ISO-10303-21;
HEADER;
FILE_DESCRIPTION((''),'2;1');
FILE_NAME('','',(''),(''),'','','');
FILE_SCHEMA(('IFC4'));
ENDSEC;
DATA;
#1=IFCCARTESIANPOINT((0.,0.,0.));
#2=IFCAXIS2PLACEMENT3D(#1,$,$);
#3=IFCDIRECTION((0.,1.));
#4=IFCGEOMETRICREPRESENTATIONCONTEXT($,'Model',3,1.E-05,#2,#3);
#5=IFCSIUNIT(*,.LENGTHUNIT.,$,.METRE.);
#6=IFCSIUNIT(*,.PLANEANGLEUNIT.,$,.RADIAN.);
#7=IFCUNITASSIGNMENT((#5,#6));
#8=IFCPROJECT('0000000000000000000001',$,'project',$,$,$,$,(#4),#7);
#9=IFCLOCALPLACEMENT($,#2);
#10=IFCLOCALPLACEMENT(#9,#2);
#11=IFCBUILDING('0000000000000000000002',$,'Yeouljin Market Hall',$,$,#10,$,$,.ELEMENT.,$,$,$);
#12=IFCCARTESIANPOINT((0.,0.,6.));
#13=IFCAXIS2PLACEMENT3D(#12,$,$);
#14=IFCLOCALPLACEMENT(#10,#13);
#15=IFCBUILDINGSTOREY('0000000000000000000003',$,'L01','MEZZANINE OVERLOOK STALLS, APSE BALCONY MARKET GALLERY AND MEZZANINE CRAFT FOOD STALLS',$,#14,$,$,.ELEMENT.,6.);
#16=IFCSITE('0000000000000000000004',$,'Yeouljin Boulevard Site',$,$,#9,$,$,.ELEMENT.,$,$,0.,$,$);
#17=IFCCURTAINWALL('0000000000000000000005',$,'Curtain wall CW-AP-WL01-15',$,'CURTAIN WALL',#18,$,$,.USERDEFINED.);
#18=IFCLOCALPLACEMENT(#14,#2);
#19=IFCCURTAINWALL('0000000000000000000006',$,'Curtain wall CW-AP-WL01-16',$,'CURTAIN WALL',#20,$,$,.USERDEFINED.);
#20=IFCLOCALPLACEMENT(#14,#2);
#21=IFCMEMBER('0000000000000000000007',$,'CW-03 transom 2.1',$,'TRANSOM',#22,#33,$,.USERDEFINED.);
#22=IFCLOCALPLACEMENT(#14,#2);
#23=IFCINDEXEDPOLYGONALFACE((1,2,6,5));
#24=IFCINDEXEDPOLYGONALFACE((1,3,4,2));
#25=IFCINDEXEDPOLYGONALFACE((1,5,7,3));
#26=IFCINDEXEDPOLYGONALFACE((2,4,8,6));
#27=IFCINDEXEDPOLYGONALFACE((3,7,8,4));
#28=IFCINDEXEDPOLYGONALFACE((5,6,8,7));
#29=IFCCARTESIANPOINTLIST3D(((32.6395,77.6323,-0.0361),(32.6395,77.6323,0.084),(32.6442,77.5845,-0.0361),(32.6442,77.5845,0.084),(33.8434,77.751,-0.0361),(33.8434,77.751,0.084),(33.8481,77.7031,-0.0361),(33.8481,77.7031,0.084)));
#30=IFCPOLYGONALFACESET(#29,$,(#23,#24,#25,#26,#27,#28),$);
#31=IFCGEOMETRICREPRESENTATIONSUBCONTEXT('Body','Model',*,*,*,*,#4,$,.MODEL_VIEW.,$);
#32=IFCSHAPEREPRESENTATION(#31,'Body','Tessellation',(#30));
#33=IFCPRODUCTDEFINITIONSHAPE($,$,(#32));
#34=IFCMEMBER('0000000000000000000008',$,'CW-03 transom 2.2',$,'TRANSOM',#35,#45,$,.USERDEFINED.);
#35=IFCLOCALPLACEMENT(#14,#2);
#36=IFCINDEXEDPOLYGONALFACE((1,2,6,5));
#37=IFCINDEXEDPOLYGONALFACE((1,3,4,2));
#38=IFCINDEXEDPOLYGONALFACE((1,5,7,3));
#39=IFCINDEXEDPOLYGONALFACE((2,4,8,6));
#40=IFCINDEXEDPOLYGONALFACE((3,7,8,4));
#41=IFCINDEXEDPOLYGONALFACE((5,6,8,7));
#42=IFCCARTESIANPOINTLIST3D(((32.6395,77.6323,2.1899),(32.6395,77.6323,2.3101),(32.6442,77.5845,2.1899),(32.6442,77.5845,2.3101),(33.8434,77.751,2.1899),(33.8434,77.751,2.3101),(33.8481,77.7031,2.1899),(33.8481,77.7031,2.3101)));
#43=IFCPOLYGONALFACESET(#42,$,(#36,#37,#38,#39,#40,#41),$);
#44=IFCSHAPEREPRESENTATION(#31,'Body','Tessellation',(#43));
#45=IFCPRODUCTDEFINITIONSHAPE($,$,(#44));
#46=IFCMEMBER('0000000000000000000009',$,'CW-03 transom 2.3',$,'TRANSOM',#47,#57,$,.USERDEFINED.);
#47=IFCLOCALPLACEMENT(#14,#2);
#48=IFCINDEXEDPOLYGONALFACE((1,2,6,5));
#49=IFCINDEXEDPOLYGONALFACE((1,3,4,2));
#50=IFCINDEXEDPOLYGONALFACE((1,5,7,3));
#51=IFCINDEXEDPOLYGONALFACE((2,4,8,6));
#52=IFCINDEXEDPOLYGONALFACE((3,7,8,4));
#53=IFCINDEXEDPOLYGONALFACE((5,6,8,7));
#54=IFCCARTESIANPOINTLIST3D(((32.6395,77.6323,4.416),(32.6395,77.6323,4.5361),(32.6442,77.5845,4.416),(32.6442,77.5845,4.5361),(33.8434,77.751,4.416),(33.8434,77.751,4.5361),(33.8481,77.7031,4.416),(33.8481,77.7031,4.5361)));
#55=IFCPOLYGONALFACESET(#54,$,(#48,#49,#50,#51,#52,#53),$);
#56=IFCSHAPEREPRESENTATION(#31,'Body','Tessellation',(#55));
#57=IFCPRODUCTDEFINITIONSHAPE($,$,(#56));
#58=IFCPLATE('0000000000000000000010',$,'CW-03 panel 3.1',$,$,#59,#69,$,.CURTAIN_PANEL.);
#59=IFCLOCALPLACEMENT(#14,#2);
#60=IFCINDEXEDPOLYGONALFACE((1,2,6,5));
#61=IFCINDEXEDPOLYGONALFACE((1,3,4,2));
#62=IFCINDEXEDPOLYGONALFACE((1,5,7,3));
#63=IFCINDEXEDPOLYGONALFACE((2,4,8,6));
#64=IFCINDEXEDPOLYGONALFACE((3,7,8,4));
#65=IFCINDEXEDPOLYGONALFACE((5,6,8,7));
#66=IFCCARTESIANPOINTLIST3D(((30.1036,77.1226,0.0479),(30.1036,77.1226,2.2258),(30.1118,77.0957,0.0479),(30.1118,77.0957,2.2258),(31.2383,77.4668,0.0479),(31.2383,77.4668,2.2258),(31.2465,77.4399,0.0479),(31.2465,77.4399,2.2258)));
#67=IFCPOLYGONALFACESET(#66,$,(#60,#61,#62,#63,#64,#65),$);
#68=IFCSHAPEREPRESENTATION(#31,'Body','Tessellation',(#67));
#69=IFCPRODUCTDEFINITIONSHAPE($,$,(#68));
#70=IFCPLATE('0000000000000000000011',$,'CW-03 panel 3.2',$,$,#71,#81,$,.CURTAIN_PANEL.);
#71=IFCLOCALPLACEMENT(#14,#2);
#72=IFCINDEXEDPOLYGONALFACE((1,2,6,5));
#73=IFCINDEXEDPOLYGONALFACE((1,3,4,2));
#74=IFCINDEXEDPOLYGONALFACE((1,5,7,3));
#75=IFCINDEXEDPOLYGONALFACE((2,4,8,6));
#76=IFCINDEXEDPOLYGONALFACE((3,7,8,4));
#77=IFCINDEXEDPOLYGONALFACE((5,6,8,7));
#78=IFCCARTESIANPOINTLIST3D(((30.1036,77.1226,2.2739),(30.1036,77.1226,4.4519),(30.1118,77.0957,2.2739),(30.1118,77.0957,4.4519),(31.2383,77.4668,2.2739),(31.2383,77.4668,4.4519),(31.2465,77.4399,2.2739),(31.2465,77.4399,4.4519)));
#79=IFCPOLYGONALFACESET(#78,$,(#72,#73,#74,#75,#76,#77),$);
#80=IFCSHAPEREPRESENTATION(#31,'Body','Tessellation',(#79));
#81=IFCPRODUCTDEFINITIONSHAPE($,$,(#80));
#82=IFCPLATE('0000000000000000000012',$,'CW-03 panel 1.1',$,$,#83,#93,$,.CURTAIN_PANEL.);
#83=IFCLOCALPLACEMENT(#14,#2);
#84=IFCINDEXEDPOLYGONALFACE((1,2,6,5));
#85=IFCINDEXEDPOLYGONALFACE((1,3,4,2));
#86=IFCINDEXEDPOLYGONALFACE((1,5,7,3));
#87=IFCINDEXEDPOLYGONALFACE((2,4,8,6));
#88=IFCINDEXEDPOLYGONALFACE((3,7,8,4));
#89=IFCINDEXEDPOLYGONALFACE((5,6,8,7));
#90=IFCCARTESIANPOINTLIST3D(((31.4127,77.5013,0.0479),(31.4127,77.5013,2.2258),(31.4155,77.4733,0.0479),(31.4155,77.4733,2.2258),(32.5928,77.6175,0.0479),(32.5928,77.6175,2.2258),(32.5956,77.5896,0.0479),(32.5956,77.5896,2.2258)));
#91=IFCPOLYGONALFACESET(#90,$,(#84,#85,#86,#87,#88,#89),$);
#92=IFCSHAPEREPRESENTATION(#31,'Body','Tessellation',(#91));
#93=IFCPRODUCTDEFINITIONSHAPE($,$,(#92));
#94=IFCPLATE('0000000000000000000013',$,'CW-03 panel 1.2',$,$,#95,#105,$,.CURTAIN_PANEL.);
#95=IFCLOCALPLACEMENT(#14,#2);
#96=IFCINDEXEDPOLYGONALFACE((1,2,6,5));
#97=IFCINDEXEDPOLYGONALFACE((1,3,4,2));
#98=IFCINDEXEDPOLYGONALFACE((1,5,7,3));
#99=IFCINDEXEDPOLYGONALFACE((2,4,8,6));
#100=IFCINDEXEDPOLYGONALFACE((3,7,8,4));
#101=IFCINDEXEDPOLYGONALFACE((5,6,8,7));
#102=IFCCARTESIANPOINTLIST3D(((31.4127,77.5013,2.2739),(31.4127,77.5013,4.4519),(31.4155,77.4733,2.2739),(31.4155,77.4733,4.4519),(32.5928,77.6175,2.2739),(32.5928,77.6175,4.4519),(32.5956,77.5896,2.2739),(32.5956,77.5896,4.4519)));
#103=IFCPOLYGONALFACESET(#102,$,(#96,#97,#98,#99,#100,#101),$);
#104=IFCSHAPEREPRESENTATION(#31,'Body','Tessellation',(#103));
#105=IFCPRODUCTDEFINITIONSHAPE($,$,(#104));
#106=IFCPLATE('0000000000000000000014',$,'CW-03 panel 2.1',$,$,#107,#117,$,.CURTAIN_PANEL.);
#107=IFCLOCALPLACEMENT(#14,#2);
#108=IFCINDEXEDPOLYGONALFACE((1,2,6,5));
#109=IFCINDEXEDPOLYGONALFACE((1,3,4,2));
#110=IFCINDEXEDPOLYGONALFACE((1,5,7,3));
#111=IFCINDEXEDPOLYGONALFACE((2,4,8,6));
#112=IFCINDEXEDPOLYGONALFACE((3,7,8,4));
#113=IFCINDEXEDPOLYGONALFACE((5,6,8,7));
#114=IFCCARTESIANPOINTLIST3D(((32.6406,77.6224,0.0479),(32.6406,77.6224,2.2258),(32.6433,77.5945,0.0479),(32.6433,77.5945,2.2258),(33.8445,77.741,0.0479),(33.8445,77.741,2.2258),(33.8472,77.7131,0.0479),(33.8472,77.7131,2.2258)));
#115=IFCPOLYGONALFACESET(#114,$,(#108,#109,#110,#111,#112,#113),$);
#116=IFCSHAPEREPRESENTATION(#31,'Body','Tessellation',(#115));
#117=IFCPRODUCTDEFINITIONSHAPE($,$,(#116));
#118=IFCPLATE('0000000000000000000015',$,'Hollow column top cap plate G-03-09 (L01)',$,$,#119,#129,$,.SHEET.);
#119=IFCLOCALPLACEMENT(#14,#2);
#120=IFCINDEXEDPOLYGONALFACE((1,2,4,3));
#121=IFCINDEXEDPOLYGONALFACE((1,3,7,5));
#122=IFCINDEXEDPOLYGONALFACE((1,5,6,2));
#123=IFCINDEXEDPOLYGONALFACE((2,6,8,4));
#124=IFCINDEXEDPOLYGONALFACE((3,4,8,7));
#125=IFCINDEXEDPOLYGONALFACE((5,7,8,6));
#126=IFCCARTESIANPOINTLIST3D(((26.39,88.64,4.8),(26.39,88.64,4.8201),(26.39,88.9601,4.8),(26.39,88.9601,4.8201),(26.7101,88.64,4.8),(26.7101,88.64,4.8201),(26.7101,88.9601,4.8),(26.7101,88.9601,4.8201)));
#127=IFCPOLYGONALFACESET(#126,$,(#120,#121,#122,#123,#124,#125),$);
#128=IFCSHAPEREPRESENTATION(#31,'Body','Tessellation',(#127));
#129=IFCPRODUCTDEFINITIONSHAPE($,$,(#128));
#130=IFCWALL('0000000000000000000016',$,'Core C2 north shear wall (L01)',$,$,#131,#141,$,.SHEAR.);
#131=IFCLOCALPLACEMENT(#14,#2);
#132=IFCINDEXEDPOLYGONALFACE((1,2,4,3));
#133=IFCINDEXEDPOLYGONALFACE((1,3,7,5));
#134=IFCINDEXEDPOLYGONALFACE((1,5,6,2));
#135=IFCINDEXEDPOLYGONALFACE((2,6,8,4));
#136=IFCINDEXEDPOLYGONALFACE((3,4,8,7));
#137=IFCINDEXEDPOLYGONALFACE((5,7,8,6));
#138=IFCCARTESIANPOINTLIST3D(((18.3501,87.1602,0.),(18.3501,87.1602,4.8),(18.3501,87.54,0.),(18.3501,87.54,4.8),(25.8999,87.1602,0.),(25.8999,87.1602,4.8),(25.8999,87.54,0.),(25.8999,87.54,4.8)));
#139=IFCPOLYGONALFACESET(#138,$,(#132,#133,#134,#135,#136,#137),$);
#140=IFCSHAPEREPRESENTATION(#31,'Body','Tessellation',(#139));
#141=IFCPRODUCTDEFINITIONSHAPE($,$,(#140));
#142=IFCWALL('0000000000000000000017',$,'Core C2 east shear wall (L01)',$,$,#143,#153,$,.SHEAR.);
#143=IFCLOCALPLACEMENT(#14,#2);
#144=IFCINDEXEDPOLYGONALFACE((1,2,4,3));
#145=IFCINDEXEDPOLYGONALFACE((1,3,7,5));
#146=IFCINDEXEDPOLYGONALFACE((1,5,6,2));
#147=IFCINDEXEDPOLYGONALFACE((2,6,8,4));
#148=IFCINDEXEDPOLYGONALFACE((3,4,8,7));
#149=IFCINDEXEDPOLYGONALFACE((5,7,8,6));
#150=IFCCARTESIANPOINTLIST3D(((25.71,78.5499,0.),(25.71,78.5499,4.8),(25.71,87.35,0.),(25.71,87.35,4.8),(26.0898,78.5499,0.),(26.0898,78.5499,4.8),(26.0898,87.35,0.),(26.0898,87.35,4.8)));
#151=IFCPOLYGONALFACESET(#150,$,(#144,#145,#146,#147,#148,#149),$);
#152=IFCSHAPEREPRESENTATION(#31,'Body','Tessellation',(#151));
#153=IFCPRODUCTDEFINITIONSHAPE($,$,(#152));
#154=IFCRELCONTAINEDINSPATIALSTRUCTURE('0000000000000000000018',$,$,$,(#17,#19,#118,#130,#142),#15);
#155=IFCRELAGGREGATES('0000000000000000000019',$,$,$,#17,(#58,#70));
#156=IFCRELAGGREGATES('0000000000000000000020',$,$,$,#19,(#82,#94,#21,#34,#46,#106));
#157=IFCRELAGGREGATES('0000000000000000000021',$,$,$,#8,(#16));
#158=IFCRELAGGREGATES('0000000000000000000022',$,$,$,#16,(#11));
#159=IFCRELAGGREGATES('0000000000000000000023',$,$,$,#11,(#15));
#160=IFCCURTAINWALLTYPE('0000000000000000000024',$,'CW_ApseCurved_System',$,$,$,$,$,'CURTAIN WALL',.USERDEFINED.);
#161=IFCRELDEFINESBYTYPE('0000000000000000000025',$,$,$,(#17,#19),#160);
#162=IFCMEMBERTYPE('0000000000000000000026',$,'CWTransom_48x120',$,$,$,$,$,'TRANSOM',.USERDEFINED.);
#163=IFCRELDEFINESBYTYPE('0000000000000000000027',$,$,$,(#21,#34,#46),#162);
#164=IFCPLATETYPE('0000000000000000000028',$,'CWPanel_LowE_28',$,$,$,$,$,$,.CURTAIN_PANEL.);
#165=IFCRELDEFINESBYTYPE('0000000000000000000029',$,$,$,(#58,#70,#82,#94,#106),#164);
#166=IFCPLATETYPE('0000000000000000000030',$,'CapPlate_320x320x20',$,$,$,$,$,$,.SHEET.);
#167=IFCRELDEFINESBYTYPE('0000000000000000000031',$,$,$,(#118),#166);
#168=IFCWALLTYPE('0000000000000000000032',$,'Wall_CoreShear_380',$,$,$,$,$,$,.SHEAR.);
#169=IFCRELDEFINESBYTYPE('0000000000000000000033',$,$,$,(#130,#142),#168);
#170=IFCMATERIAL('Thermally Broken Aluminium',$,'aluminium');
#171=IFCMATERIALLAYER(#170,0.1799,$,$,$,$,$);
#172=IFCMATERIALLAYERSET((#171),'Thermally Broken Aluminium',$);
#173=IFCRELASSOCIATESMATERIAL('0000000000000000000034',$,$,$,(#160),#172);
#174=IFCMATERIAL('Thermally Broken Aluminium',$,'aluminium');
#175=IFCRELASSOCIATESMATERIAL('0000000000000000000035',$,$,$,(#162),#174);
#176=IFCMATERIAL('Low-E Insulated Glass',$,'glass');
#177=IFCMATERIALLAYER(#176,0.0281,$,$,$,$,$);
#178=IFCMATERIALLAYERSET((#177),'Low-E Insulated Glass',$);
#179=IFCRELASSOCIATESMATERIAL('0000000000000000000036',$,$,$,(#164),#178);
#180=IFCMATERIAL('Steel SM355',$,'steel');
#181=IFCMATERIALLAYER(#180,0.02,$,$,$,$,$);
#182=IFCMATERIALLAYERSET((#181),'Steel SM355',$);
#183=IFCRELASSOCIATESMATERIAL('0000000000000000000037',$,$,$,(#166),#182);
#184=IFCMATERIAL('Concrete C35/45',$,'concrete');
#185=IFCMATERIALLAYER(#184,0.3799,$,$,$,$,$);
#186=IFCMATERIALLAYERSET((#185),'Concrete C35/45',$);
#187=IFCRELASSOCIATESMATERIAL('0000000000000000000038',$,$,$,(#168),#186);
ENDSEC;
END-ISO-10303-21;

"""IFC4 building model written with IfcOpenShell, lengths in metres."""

from ifc_helpers import new_model, si_unit, direction, frame, frame_2d, origin, origin_2d, place, context, subcontext, project, spatial, rectangle, extrude, material, layer, layer_set, material_profile, profile_set, type_object, element, aggregate, save


model = new_model("IFC4")

# Units and contexts
model_context = context("Model", 3, precision=1e-05, world=origin(), true_north=direction((0.0, 1.0)))
body_context = subcontext(model_context, "Body", "Model", "MODEL_VIEW")
ifc_project = project(units=[si_unit("LENGTHUNIT", "METRE"), si_unit("PLANEANGLEUNIT", "RADIAN")], contexts=[model_context])

# Site, building, storey
site_placement = place(None, origin())
site = spatial("IfcSite", under=ifc_project, at=site_placement, Name="Yeouljin Boulevard Site", CompositionType="ELEMENT", RefElevation=0.0)
building_placement = place(site_placement, origin())
building = spatial("IfcBuilding", under=site, at=building_placement, Name="Yeouljin Market Hall", CompositionType="ELEMENT")
storey_placement = place(building_placement, frame((0.0, 0.0, 6.0)))
storey = spatial("IfcBuildingStorey", under=building, at=storey_placement, Name="L01", Description="MEZZANINE OVERLOOK STALLS, APSE BALCONY MARKET GALLERY AND MEZZANINE CRAFT FOOD STALLS", CompositionType="ELEMENT", Elevation=6.0)

# Curtain wall
ifc_material_1 = material(Name="Thermally Broken Aluminium", Category="aluminium")
ifc_layer_1 = layer(ifc_material_1, 0.1799)
ifc_layer_set_1 = layer_set([ifc_layer_1], Name="Thermally Broken Aluminium")
curtain_wall_type = type_object("IfcCurtainWallType", Name="CW_ApseCurved_System", ElementType="CURTAIN WALL", PredefinedType="USERDEFINED", material=ifc_layer_set_1)
curtain_wall_1_placement = place(storey_placement, origin())
curtain_wall_1 = element("IfcCurtainWall", 1, at=curtain_wall_1_placement, inside=storey, type_object=curtain_wall_type, Name="Curtain wall CW-AP-WL01-15", ObjectType="CURTAIN WALL", PredefinedType="USERDEFINED")

# Curtain wall
curtain_wall_2_placement = place(storey_placement, origin())
curtain_wall_2 = element("IfcCurtainWall", 2, at=curtain_wall_2_placement, inside=storey, type_object=curtain_wall_type, Name="Curtain wall CW-AP-WL01-16", ObjectType="CURTAIN WALL", PredefinedType="USERDEFINED")

# Members
ifc_material_2 = material(Name="Thermally Broken Aluminium", Category="aluminium")
ifc_material_profile_1 = material_profile(ifc_material_2, rectangle(XDim=0.0481, YDim=0.1201, at=origin_2d()), Name="CW-TRAN-48x120")
ifc_profile_set_1 = profile_set([ifc_material_profile_1], Name="Thermally Broken Aluminium")
member_type_1 = type_object("IfcMemberType", Name="CWTransom_48x120", ElementType="TRANSOM", PredefinedType="USERDEFINED", material=ifc_profile_set_1)
member_1_placement = place(storey_placement, frame((32.6418, 77.6084, 0.0239), z_axis=(0.995178, 0.098085, 0.0), x_axis=(-0.098085, 0.995178, 0.0)))
member_1 = element("IfcMember", 3, at=member_1_placement, type_object=member_type_1, Name="CW-03 transom 2.1", ObjectType="TRANSOM", PredefinedType="USERDEFINED", context=body_context, shape_type="SweptSolid", body=[
    extrude(rectangle(XDim=0.0481, YDim=0.1201, at=origin_2d()), origin(), (0.0, 0.0, 1.0), 1.2097),
])
member_2_placement = place(storey_placement, frame((32.6418, 77.6084, 2.25), z_axis=(0.995178, 0.098085, 0.0), x_axis=(-0.098085, 0.995178, 0.0)))
member_2 = element("IfcMember", 4, at=member_2_placement, type_object=member_type_1, Name="CW-03 transom 2.2", ObjectType="TRANSOM", PredefinedType="USERDEFINED", context=body_context, shape_type="SweptSolid", body=[
    extrude(rectangle(XDim=0.0481, YDim=0.1201, at=origin_2d()), origin(), (0.0, 0.0, 1.0), 1.2097),
])
member_3_placement = place(storey_placement, frame((32.6418, 77.6084, 4.4761), z_axis=(0.995178, 0.098085, 0.0), x_axis=(-0.098085, 0.995178, 0.0)))
member_3 = element("IfcMember", 5, at=member_3_placement, type_object=member_type_1, Name="CW-03 transom 2.3", ObjectType="TRANSOM", PredefinedType="USERDEFINED", context=body_context, shape_type="SweptSolid", body=[
    extrude(rectangle(XDim=0.0481, YDim=0.1201, at=origin_2d()), origin(), (0.0, 0.0, 1.0), 1.2097),
])

# Plates
ifc_material_3 = material(Name="Low-E Insulated Glass", Category="glass")
ifc_layer_2 = layer(ifc_material_3, 0.0281)
ifc_layer_set_2 = layer_set([ifc_layer_2], Name="Low-E Insulated Glass")
plate_type_1 = type_object("IfcPlateType", Name="CWPanel_LowE_28", PredefinedType="CURTAIN_PANEL", material=ifc_layer_set_2)
plate_1_placement = place(storey_placement, frame((30.675, 77.2812, 0.0479), z_axis=(0.0, 0.0, 1.0), x_axis=(0.95694, 0.290286, 0.0)))
plate_1 = element("IfcPlate", 6, at=plate_1_placement, type_object=plate_type_1, Name="CW-03 panel 3.1", PredefinedType="CURTAIN_PANEL", context=body_context, shape_type="SweptSolid", body=[
    extrude(rectangle(XDim=1.1858, YDim=0.0281, at=origin_2d()), origin(), (0.0, 0.0, 1.0), 2.178),
])
plate_2_placement = place(storey_placement, frame((30.675, 77.2812, 2.2739), z_axis=(0.0, 0.0, 1.0), x_axis=(0.95694, 0.290286, 0.0)))
plate_2 = element("IfcPlate", 7, at=plate_2_placement, type_object=plate_type_1, Name="CW-03 panel 3.2", PredefinedType="CURTAIN_PANEL", context=body_context, shape_type="SweptSolid", body=[
    extrude(rectangle(XDim=1.1858, YDim=0.0281, at=origin_2d()), origin(), (0.0, 0.0, 1.0), 2.178),
])
aggregate(curtain_wall_1, [plate_1, plate_2])
plate_3_placement = place(storey_placement, frame((32.0042, 77.5454, 0.0479), z_axis=(0.0, 0.0, 1.0), x_axis=(0.995183, 0.098034, 0.0)))
plate_3 = element("IfcPlate", 8, at=plate_3_placement, type_object=plate_type_1, Name="CW-03 panel 1.1", PredefinedType="CURTAIN_PANEL", context=body_context, shape_type="SweptSolid", body=[
    extrude(rectangle(XDim=1.1858, YDim=0.0281, at=origin_2d()), origin(), (0.0, 0.0, 1.0), 2.178),
])
plate_4_placement = place(storey_placement, frame((32.0042, 77.5454, 2.2739), z_axis=(0.0, 0.0, 1.0), x_axis=(0.995183, 0.098034, 0.0)))
plate_4 = element("IfcPlate", 9, at=plate_4_placement, type_object=plate_type_1, Name="CW-03 panel 1.2", PredefinedType="CURTAIN_PANEL", context=body_context, shape_type="SweptSolid", body=[
    extrude(rectangle(XDim=1.1858, YDim=0.0281, at=origin_2d()), origin(), (0.0, 0.0, 1.0), 2.178),
])
plate_5_placement = place(storey_placement, frame((33.2439, 77.6677, 0.0479), z_axis=(0.0, 0.0, 1.0), x_axis=(0.995183, 0.098034, 0.0)))
plate_5 = element("IfcPlate", 10, at=plate_5_placement, type_object=plate_type_1, Name="CW-03 panel 2.1", PredefinedType="CURTAIN_PANEL", context=body_context, shape_type="SweptSolid", body=[
    extrude(rectangle(XDim=1.2097, YDim=0.0281, at=origin_2d()), origin(), (0.0, 0.0, 1.0), 2.178),
])
aggregate(curtain_wall_2, [plate_3, plate_4, member_1, member_2, member_3, plate_5])
ifc_material_4 = material(Name="Steel SM355", Category="steel")
ifc_layer_3 = layer(ifc_material_4, 0.02)
ifc_layer_set_3 = layer_set([ifc_layer_3], Name="Steel SM355")
plate_type_2 = type_object("IfcPlateType", Name="CapPlate_320x320x20", PredefinedType="SHEET", material=ifc_layer_set_3)
plate_6_placement = place(storey_placement, frame((26.55, 88.8, 4.8), z_axis=(0.0, 0.0, 1.0), x_axis=(1.0, 0.0, 0.0)))
element("IfcPlate", 11, at=plate_6_placement, inside=storey, type_object=plate_type_2, Name="Hollow column top cap plate G-03-09 (L01)", PredefinedType="SHEET", context=body_context, shape_type="SweptSolid", body=[
    extrude(rectangle(XDim=0.3201, YDim=0.3201, at=origin_2d()), origin(), (0.0, 0.0, 1.0), 0.02),
])

# Walls
ifc_material_5 = material(Name="Concrete C35/45", Category="concrete")
ifc_layer_4 = layer(ifc_material_5, 0.3799)
ifc_layer_set_4 = layer_set([ifc_layer_4], Name="Concrete C35/45")
wall_type = type_object("IfcWallType", Name="Wall_CoreShear_380", PredefinedType="SHEAR", material=ifc_layer_set_4)
wall_1_placement = place(storey_placement, frame((25.8999, 87.3501, 0.0), z_axis=(0.0, 0.0, 1.0), x_axis=(-1.0, 0.0, 0.0)))
element("IfcWall", 12, at=wall_1_placement, inside=storey, type_object=wall_type, Name="Core C2 north shear wall (L01)", PredefinedType="SHEAR", context=body_context, shape_type="SweptSolid", body=[
    extrude(rectangle(XDim=7.5498, YDim=0.3799, at=frame_2d((3.7749, 0.0))), origin(), (0.0, 0.0, 1.0), 4.8),
])
wall_2_placement = place(storey_placement, frame((25.8999, 78.55, 0.0), z_axis=(0.0, 0.0, 1.0), x_axis=(0.0, 1.0, 0.0)))
element("IfcWall", 13, at=wall_2_placement, inside=storey, type_object=wall_type, Name="Core C2 east shear wall (L01)", PredefinedType="SHEAR", context=body_context, shape_type="SweptSolid", body=[
    extrude(rectangle(XDim=8.8, YDim=0.3799, at=frame_2d((4.3999, 0.0))), origin(), (0.0, 0.0, 1.0), 4.8),
])

save(model, "model.ifc")
